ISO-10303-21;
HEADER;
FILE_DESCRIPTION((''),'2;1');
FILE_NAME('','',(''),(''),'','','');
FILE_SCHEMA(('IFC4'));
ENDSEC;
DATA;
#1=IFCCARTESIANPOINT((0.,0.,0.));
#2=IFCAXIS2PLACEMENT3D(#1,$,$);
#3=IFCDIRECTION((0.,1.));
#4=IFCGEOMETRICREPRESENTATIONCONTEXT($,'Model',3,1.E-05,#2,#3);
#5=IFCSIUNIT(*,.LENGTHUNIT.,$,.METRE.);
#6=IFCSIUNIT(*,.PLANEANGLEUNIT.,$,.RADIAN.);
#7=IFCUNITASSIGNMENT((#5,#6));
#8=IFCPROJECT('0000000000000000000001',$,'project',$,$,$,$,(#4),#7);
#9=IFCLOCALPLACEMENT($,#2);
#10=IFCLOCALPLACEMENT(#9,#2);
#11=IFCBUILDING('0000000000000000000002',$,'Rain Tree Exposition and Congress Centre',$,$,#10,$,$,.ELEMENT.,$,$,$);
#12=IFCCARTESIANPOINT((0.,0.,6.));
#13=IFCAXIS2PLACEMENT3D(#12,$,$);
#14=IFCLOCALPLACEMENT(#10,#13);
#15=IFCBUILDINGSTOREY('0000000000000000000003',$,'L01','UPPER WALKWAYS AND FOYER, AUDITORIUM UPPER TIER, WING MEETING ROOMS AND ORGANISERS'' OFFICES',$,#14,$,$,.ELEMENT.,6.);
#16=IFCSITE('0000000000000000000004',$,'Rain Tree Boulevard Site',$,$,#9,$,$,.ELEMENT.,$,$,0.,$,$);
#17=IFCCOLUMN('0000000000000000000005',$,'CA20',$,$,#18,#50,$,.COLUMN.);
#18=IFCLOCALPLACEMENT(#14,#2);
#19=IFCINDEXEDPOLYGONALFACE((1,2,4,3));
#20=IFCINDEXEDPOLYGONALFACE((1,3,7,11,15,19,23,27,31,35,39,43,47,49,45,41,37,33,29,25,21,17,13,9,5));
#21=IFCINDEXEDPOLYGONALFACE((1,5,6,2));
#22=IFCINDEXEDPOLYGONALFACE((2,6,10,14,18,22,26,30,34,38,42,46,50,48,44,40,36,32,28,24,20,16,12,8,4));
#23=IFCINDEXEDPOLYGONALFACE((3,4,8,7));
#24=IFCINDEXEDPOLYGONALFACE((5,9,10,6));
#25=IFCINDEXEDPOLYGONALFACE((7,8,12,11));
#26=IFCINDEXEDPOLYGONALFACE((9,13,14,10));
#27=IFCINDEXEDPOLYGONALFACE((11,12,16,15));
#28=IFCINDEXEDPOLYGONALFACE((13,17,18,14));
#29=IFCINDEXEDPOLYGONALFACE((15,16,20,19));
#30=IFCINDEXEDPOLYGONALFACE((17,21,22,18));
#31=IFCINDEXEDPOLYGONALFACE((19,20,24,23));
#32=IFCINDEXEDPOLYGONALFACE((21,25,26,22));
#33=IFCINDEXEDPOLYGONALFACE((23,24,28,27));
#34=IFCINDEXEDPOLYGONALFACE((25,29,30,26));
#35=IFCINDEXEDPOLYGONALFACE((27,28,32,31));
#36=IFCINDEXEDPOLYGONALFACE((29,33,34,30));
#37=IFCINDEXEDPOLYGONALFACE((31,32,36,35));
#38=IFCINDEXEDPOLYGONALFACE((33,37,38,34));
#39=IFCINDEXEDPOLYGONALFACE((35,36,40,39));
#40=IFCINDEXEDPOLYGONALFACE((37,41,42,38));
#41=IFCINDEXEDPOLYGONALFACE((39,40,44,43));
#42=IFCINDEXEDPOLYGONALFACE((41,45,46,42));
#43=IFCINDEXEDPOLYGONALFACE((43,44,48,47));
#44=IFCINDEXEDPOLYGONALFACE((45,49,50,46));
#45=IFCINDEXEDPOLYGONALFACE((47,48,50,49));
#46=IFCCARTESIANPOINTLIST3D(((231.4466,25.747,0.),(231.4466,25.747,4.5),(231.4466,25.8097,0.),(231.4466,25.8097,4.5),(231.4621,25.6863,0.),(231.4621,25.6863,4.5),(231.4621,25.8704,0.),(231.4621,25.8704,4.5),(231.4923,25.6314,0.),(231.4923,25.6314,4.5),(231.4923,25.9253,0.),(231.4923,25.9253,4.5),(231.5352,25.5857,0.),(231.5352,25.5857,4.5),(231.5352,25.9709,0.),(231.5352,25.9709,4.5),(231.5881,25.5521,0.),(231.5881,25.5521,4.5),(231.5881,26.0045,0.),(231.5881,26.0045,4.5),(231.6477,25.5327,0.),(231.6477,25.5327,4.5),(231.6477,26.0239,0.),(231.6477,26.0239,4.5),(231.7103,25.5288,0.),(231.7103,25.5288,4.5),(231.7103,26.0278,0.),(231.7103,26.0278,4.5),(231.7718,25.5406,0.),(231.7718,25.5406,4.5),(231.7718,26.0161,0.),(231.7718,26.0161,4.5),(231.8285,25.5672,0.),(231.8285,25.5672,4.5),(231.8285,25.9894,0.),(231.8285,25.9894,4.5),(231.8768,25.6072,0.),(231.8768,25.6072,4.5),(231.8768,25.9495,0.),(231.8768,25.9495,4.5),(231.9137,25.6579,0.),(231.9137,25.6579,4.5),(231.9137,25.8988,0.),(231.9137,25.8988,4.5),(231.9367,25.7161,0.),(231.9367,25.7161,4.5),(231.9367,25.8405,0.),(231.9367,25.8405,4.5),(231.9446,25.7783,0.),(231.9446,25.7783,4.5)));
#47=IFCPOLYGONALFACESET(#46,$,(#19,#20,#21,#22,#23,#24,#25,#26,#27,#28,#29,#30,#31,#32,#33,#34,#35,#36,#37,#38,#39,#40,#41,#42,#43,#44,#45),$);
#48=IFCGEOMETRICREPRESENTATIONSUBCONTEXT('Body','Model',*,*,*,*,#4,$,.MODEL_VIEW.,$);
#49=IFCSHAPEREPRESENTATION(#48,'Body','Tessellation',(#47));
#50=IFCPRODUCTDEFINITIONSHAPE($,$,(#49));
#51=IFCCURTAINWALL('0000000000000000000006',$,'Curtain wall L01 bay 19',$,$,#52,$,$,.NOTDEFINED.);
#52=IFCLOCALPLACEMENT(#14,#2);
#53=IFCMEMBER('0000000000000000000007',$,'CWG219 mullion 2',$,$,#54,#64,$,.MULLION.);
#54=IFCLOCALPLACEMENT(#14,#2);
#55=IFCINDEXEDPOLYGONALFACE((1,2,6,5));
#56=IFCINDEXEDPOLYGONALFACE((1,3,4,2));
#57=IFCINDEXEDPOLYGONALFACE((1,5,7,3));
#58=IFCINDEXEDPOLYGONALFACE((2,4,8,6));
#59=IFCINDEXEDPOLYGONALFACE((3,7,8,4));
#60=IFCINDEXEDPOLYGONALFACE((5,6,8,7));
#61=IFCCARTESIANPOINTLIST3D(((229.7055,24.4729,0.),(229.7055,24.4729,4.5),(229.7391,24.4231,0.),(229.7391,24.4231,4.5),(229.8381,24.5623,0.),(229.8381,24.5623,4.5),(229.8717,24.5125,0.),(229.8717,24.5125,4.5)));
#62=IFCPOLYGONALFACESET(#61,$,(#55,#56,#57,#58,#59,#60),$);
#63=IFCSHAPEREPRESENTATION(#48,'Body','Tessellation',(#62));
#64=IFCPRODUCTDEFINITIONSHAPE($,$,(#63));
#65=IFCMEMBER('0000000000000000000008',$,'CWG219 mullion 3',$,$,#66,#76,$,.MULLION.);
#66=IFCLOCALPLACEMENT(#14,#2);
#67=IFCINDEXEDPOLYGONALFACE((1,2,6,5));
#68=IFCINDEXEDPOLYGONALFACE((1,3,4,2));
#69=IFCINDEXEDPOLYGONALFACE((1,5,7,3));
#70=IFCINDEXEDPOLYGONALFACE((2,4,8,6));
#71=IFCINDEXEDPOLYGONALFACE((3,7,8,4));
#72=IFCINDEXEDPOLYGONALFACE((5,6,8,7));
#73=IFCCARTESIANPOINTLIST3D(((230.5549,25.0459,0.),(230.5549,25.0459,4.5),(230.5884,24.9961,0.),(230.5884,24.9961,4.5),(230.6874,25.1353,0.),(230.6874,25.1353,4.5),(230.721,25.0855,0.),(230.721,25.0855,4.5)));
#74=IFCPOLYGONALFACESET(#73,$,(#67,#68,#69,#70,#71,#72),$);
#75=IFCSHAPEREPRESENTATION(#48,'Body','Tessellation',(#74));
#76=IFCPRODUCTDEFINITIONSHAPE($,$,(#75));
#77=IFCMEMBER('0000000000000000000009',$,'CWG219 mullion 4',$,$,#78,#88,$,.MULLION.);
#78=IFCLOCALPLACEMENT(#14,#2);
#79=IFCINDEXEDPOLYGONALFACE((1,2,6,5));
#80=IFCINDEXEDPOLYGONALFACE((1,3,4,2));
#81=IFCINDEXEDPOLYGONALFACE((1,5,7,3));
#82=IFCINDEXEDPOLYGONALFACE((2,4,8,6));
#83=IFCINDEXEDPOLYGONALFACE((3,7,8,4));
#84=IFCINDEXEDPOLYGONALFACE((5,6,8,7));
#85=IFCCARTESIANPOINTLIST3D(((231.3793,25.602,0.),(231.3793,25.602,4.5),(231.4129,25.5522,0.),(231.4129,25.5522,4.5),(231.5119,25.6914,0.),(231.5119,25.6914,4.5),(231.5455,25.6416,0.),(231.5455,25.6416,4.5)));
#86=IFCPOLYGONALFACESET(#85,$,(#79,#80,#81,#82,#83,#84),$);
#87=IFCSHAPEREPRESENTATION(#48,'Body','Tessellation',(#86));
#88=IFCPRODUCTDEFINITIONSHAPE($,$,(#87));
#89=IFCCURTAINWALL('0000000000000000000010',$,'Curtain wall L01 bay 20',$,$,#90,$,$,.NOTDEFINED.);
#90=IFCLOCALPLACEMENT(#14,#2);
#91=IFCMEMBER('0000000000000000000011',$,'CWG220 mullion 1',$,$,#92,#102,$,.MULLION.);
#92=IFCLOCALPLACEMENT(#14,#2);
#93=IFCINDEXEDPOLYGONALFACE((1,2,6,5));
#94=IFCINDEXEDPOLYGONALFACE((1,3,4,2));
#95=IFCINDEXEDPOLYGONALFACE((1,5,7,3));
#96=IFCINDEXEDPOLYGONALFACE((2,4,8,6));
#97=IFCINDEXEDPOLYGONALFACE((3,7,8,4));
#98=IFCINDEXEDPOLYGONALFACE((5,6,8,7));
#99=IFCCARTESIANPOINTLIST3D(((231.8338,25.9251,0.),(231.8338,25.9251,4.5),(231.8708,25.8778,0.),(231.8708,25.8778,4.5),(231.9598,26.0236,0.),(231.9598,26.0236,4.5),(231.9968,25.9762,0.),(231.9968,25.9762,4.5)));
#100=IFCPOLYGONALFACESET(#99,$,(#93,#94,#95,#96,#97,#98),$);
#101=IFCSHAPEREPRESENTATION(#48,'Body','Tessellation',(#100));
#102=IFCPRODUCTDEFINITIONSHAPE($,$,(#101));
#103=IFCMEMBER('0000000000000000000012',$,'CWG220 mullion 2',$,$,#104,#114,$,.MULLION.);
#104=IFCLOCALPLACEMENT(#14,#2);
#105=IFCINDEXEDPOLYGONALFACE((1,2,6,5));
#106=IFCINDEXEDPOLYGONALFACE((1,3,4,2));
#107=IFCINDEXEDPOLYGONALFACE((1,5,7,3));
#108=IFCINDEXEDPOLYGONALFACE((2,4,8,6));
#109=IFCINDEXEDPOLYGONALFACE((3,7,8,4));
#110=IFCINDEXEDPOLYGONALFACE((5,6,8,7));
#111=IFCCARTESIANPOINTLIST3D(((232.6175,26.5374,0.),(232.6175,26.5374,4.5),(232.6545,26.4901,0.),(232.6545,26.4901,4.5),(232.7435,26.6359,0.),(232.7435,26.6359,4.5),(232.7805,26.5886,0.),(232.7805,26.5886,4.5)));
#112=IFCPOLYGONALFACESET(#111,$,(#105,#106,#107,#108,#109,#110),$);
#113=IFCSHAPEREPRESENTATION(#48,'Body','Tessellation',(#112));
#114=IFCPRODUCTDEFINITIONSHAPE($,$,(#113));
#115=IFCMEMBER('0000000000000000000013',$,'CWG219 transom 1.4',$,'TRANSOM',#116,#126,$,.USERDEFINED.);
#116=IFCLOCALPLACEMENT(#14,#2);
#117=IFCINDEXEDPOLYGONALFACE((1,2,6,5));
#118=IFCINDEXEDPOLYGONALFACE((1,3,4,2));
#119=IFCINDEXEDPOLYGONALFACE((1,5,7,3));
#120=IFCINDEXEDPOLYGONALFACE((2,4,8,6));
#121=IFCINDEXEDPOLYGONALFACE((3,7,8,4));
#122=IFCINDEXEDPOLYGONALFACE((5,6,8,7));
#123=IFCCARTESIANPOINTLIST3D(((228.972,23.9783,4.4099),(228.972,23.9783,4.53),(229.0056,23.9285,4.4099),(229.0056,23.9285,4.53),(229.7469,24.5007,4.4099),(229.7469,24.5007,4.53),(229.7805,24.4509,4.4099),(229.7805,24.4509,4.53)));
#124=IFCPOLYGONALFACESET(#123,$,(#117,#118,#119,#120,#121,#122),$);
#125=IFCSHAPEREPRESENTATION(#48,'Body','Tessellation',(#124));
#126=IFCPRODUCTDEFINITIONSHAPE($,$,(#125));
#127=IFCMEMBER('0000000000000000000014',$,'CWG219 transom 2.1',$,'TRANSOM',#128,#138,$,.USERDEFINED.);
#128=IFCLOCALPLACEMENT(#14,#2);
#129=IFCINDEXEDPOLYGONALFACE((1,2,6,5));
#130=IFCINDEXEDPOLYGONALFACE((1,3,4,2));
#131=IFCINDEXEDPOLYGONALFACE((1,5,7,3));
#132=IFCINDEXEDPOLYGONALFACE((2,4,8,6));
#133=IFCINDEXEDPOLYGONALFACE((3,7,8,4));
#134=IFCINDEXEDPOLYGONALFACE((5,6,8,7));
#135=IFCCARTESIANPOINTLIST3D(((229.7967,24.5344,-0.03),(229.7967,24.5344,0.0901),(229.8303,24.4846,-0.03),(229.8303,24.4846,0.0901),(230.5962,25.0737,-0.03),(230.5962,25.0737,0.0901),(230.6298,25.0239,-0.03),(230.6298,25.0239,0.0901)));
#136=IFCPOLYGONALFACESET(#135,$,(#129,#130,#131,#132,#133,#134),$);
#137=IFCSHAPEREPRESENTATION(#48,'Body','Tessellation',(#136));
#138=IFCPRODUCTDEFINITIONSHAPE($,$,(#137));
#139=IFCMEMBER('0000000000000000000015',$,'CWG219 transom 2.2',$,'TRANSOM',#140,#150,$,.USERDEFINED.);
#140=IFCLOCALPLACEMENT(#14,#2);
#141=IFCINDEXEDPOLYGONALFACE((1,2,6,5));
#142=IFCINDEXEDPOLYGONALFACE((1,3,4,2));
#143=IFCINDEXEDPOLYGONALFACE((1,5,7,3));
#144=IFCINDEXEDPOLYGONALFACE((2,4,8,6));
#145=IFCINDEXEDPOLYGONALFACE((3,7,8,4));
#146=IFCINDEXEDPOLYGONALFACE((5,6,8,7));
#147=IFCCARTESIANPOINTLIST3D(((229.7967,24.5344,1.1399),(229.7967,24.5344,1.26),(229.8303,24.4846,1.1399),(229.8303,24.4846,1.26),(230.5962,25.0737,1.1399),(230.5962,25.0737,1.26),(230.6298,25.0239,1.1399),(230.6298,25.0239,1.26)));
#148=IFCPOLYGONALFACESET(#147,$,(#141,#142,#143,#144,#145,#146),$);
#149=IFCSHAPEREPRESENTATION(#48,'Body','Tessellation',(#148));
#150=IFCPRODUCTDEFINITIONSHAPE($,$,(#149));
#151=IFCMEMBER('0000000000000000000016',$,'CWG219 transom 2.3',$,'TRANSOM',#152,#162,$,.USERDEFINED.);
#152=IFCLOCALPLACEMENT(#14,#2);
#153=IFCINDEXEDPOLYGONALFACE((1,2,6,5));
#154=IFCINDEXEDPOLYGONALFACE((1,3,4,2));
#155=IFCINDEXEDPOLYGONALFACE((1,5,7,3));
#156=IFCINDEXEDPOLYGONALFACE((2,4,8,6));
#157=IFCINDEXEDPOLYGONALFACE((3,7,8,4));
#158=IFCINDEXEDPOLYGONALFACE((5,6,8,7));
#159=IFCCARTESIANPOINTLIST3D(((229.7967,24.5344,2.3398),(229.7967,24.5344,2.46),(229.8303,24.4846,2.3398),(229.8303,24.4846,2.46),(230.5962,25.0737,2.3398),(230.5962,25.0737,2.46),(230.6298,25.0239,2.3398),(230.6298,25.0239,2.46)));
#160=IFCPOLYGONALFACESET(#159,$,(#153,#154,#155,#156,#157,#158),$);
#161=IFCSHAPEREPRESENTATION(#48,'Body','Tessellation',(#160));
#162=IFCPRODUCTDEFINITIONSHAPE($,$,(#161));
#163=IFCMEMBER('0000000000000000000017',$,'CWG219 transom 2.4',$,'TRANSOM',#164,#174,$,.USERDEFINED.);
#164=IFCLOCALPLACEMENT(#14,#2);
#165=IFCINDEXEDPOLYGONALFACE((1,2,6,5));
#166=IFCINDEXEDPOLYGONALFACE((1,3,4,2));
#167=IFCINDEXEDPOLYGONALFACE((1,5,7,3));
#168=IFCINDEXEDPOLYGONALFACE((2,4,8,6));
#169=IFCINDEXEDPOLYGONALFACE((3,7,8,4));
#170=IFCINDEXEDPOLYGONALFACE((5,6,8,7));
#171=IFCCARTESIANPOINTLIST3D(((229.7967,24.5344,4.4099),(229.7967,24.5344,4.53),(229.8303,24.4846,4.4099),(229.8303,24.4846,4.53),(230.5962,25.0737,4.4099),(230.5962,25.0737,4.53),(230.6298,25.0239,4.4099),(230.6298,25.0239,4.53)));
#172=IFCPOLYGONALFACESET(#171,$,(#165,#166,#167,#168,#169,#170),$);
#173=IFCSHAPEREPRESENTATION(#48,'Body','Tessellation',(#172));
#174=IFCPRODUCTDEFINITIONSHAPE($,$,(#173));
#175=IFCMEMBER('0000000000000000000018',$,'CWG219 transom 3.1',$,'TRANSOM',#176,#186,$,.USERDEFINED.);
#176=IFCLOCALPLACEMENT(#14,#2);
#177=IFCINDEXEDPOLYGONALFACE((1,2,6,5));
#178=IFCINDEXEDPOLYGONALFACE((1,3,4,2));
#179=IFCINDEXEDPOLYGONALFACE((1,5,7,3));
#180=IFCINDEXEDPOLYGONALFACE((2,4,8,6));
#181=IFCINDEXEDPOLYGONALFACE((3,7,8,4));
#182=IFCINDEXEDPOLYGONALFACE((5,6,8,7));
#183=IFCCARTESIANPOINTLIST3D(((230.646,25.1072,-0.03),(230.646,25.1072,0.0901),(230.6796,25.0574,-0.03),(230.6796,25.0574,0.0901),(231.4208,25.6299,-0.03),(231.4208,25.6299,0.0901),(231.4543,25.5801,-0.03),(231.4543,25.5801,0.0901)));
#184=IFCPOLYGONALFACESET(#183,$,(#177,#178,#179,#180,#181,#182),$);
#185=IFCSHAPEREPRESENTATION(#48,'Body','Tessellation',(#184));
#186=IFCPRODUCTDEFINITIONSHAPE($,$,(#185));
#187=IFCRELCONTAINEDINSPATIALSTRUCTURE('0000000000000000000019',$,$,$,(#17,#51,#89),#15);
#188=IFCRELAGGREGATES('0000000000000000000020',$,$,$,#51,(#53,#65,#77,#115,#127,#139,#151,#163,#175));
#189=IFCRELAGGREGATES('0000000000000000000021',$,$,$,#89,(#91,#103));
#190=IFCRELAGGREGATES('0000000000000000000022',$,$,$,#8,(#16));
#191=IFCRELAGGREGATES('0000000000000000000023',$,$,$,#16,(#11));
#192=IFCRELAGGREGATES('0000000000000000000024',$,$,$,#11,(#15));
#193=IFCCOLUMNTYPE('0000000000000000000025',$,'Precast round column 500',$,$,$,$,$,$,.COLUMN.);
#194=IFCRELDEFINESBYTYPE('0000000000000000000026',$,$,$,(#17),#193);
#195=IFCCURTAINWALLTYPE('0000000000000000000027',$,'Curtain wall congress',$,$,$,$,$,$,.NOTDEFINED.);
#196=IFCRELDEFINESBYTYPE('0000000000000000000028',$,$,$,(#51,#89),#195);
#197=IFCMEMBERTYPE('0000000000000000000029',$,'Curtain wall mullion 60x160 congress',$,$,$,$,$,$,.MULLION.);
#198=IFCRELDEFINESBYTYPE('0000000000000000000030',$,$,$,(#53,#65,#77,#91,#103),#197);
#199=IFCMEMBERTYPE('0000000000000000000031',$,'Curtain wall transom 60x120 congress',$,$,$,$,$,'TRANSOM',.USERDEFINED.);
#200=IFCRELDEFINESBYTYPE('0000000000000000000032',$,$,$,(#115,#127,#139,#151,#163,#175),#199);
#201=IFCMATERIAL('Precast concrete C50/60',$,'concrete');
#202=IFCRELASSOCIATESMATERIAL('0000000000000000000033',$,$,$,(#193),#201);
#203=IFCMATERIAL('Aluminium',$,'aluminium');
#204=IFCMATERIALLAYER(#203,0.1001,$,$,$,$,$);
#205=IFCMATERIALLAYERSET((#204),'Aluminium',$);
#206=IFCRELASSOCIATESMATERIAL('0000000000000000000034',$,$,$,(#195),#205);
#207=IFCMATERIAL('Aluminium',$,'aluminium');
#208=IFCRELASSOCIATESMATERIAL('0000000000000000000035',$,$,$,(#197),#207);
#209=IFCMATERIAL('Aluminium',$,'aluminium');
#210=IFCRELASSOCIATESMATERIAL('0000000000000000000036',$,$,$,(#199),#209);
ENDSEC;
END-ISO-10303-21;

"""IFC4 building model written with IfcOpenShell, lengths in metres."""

from ifc_helpers import new_model, si_unit, direction, frame, origin, origin_2d, place, context, subcontext, project, spatial, rectangle, circle, extrude, material, layer, layer_set, material_profile, profile_set, type_object, element, aggregate, save


model = new_model("IFC4")

# Units and contexts
model_context = context("Model", 3, precision=1e-05, world=origin(), true_north=direction((0.0, 1.0)))
body_context = subcontext(model_context, "Body", "Model", "MODEL_VIEW")
ifc_project = project(units=[si_unit("LENGTHUNIT", "METRE"), si_unit("PLANEANGLEUNIT", "RADIAN")], contexts=[model_context])

# Site, building, storey
site_placement = place(None, origin())
site = spatial("IfcSite", under=ifc_project, at=site_placement, Name="Rain Tree Boulevard Site", CompositionType="ELEMENT", RefElevation=0.0)
building_placement = place(site_placement, origin())
building = spatial("IfcBuilding", under=site, at=building_placement, Name="Rain Tree Exposition and Congress Centre", CompositionType="ELEMENT")
storey_placement = place(building_placement, frame((0.0, 0.0, 6.0)))
storey = spatial("IfcBuildingStorey", under=building, at=storey_placement, Name="L01", Description="UPPER WALKWAYS AND FOYER, AUDITORIUM UPPER TIER, WING MEETING ROOMS AND ORGANISERS' OFFICES", CompositionType="ELEMENT", Elevation=6.0)

# Column
ifc_material_1 = material(Name="Precast concrete C50/60", Category="concrete")
ifc_material_profile_1 = material_profile(ifc_material_1, circle(Radius=0.25, at=origin_2d()), Name="RC D500")
ifc_profile_set_1 = profile_set([ifc_material_profile_1], Name="Precast concrete C50/60")
column_type = type_object("IfcColumnType", Name="Precast round column 500", PredefinedType="COLUMN", material=ifc_profile_set_1)
column_placement = place(storey_placement, frame((231.6946, 25.7783, 0.0), z_axis=(0.0, 0.0, 1.0), x_axis=(1.0, 0.0, 0.0)))
element("IfcColumn", 1, at=column_placement, inside=storey, type_object=column_type, Name="CA20", PredefinedType="COLUMN", context=body_context, shape_type="SweptSolid", body=[
    extrude(circle(Radius=0.25, at=origin_2d()), origin(), (0.0, 0.0, 1.0), 4.5),
])

# Curtain walls, members
ifc_material_2 = material(Name="Aluminium", Category="aluminium")
ifc_layer_1 = layer(ifc_material_2, 0.1001)
ifc_layer_set_1 = layer_set([ifc_layer_1], Name="Aluminium")
curtain_wall_type = type_object("IfcCurtainWallType", Name="Curtain wall congress", PredefinedType="NOTDEFINED", material=ifc_layer_set_1)
curtain_wall_1_placement = place(storey_placement, origin())
curtain_wall_1 = element("IfcCurtainWall", 2, at=curtain_wall_1_placement, inside=storey, type_object=curtain_wall_type, Name="Curtain wall L01 bay 19", PredefinedType="NOTDEFINED")
ifc_material_3 = material(Name="Aluminium", Category="aluminium")
ifc_material_profile_2 = material_profile(ifc_material_3, rectangle(XDim=0.0601, YDim=0.1599, at=origin_2d()), Name="AL 60x160")
ifc_profile_set_2 = profile_set([ifc_material_profile_2], Name="Aluminium")
member_type_1 = type_object("IfcMemberType", Name="Curtain wall mullion 60x160 congress", PredefinedType="MULLION", material=ifc_profile_set_2)
member_1_placement = place(storey_placement, frame((229.7886, 24.4927, 0.0), z_axis=(0.0, 0.0, 1.0), x_axis=(-0.559197, 0.829035, 0.0)))
member_1 = element("IfcMember", 3, at=member_1_placement, type_object=member_type_1, Name="CWG219 mullion 2", PredefinedType="MULLION", context=body_context, shape_type="SweptSolid", body=[
    extrude(rectangle(XDim=0.0601, YDim=0.1599, at=origin_2d()), origin(), (0.0, 0.0, 1.0), 4.5),
])
member_2_placement = place(storey_placement, frame((230.6379, 25.0657, 0.0), z_axis=(0.0, 0.0, 1.0), x_axis=(-0.559197, 0.829035, 0.0)))
member_2 = element("IfcMember", 4, at=member_2_placement, type_object=member_type_1, Name="CWG219 mullion 3", PredefinedType="MULLION", context=body_context, shape_type="SweptSolid", body=[
    extrude(rectangle(XDim=0.0601, YDim=0.1599, at=origin_2d()), origin(), (0.0, 0.0, 1.0), 4.5),
])
member_3_placement = place(storey_placement, frame((231.4624, 25.6218, 0.0), z_axis=(0.0, 0.0, 1.0), x_axis=(-0.559197, 0.829035, 0.0)))
member_3 = element("IfcMember", 5, at=member_3_placement, type_object=member_type_1, Name="CWG219 mullion 4", PredefinedType="MULLION", context=body_context, shape_type="SweptSolid", body=[
    extrude(rectangle(XDim=0.0601, YDim=0.1599, at=origin_2d()), origin(), (0.0, 0.0, 1.0), 4.5),
])
curtain_wall_2_placement = place(storey_placement, origin())
curtain_wall_2 = element("IfcCurtainWall", 6, at=curtain_wall_2_placement, inside=storey, type_object=curtain_wall_type, Name="Curtain wall L01 bay 20", PredefinedType="NOTDEFINED")
member_4_placement = place(storey_placement, frame((231.9153, 25.9507, 0.0), z_axis=(0.0, 0.0, 1.0), x_axis=(-0.615671, 0.788003, 0.0)))
member_4 = element("IfcMember", 7, at=member_4_placement, type_object=member_type_1, Name="CWG220 mullion 1", PredefinedType="MULLION", context=body_context, shape_type="SweptSolid", body=[
    extrude(rectangle(XDim=0.0601, YDim=0.1599, at=origin_2d()), origin(), (0.0, 0.0, 1.0), 4.5),
])
member_5_placement = place(storey_placement, frame((232.699, 26.563, 0.0), z_axis=(0.0, 0.0, 1.0), x_axis=(-0.615671, 0.788003, 0.0)))
member_5 = element("IfcMember", 8, at=member_5_placement, type_object=member_type_1, Name="CWG220 mullion 2", PredefinedType="MULLION", context=body_context, shape_type="SweptSolid", body=[
    extrude(rectangle(XDim=0.0601, YDim=0.1599, at=origin_2d()), origin(), (0.0, 0.0, 1.0), 4.5),
])

# Members
ifc_material_4 = material(Name="Aluminium", Category="aluminium")
ifc_material_profile_3 = material_profile(ifc_material_4, rectangle(XDim=0.0601, YDim=0.1201, at=origin_2d()), Name="AL 60x120")
ifc_profile_set_3 = profile_set([ifc_material_profile_3], Name="Aluminium")
member_type_2 = type_object("IfcMemberType", Name="Curtain wall transom 60x120 congress", ElementType="TRANSOM", PredefinedType="USERDEFINED", material=ifc_profile_set_3)
member_6_placement = place(storey_placement, frame((228.9888, 23.9534, 4.47), z_axis=(0.829145, 0.559033, 0.0), x_axis=(-0.559033, 0.829145, 0.0)))
member_6 = element("IfcMember", 9, at=member_6_placement, type_object=member_type_2, Name="CWG219 transom 1.4", ObjectType="TRANSOM", PredefinedType="USERDEFINED", context=body_context, shape_type="SweptSolid", body=[
    extrude(rectangle(XDim=0.0601, YDim=0.1201, at=origin_2d()), origin(), (0.0, 0.0, 1.0), 0.9346),
])
member_7_placement = place(storey_placement, frame((229.8135, 24.5095, 0.03), z_axis=(0.829039, 0.55919, 0.0), x_axis=(-0.55919, 0.829039, 0.0)))
member_7 = element("IfcMember", 10, at=member_7_placement, type_object=member_type_2, Name="CWG219 transom 2.1", ObjectType="TRANSOM", PredefinedType="USERDEFINED", context=body_context, shape_type="SweptSolid", body=[
    extrude(rectangle(XDim=0.0601, YDim=0.1201, at=origin_2d()), origin(), (0.0, 0.0, 1.0), 0.9644),
])
member_8_placement = place(storey_placement, frame((229.8135, 24.5095, 1.2), z_axis=(0.829039, 0.55919, 0.0), x_axis=(-0.55919, 0.829039, 0.0)))
member_8 = element("IfcMember", 11, at=member_8_placement, type_object=member_type_2, Name="CWG219 transom 2.2", ObjectType="TRANSOM", PredefinedType="USERDEFINED", context=body_context, shape_type="SweptSolid", body=[
    extrude(rectangle(XDim=0.0601, YDim=0.1201, at=origin_2d()), origin(), (0.0, 0.0, 1.0), 0.9644),
])
member_9_placement = place(storey_placement, frame((229.8135, 24.5095, 2.3999), z_axis=(0.829039, 0.55919, 0.0), x_axis=(-0.55919, 0.829039, 0.0)))
member_9 = element("IfcMember", 12, at=member_9_placement, type_object=member_type_2, Name="CWG219 transom 2.3", ObjectType="TRANSOM", PredefinedType="USERDEFINED", context=body_context, shape_type="SweptSolid", body=[
    extrude(rectangle(XDim=0.0601, YDim=0.1201, at=origin_2d()), origin(), (0.0, 0.0, 1.0), 0.9644),
])
member_10_placement = place(storey_placement, frame((229.8135, 24.5095, 4.47), z_axis=(0.829039, 0.55919, 0.0), x_axis=(-0.55919, 0.829039, 0.0)))
member_10 = element("IfcMember", 13, at=member_10_placement, type_object=member_type_2, Name="CWG219 transom 2.4", ObjectType="TRANSOM", PredefinedType="USERDEFINED", context=body_context, shape_type="SweptSolid", body=[
    extrude(rectangle(XDim=0.0601, YDim=0.1201, at=origin_2d()), origin(), (0.0, 0.0, 1.0), 0.9644),
])
member_11_placement = place(storey_placement, frame((230.6628, 25.0823, 0.03), z_axis=(0.828943, 0.559334, 0.0), x_axis=(-0.559334, 0.828943, 0.0)))
member_11 = element("IfcMember", 14, at=member_11_placement, type_object=member_type_2, Name="CWG219 transom 3.1", ObjectType="TRANSOM", PredefinedType="USERDEFINED", context=body_context, shape_type="SweptSolid", body=[
    extrude(rectangle(XDim=0.0601, YDim=0.1201, at=origin_2d()), origin(), (0.0, 0.0, 1.0), 0.9346),
])

aggregate(curtain_wall_1, [member_1, member_2, member_3, member_6, member_7, member_8, member_9, member_10, member_11])
aggregate(curtain_wall_2, [member_4, member_5])

save(model, "model.ifc")
